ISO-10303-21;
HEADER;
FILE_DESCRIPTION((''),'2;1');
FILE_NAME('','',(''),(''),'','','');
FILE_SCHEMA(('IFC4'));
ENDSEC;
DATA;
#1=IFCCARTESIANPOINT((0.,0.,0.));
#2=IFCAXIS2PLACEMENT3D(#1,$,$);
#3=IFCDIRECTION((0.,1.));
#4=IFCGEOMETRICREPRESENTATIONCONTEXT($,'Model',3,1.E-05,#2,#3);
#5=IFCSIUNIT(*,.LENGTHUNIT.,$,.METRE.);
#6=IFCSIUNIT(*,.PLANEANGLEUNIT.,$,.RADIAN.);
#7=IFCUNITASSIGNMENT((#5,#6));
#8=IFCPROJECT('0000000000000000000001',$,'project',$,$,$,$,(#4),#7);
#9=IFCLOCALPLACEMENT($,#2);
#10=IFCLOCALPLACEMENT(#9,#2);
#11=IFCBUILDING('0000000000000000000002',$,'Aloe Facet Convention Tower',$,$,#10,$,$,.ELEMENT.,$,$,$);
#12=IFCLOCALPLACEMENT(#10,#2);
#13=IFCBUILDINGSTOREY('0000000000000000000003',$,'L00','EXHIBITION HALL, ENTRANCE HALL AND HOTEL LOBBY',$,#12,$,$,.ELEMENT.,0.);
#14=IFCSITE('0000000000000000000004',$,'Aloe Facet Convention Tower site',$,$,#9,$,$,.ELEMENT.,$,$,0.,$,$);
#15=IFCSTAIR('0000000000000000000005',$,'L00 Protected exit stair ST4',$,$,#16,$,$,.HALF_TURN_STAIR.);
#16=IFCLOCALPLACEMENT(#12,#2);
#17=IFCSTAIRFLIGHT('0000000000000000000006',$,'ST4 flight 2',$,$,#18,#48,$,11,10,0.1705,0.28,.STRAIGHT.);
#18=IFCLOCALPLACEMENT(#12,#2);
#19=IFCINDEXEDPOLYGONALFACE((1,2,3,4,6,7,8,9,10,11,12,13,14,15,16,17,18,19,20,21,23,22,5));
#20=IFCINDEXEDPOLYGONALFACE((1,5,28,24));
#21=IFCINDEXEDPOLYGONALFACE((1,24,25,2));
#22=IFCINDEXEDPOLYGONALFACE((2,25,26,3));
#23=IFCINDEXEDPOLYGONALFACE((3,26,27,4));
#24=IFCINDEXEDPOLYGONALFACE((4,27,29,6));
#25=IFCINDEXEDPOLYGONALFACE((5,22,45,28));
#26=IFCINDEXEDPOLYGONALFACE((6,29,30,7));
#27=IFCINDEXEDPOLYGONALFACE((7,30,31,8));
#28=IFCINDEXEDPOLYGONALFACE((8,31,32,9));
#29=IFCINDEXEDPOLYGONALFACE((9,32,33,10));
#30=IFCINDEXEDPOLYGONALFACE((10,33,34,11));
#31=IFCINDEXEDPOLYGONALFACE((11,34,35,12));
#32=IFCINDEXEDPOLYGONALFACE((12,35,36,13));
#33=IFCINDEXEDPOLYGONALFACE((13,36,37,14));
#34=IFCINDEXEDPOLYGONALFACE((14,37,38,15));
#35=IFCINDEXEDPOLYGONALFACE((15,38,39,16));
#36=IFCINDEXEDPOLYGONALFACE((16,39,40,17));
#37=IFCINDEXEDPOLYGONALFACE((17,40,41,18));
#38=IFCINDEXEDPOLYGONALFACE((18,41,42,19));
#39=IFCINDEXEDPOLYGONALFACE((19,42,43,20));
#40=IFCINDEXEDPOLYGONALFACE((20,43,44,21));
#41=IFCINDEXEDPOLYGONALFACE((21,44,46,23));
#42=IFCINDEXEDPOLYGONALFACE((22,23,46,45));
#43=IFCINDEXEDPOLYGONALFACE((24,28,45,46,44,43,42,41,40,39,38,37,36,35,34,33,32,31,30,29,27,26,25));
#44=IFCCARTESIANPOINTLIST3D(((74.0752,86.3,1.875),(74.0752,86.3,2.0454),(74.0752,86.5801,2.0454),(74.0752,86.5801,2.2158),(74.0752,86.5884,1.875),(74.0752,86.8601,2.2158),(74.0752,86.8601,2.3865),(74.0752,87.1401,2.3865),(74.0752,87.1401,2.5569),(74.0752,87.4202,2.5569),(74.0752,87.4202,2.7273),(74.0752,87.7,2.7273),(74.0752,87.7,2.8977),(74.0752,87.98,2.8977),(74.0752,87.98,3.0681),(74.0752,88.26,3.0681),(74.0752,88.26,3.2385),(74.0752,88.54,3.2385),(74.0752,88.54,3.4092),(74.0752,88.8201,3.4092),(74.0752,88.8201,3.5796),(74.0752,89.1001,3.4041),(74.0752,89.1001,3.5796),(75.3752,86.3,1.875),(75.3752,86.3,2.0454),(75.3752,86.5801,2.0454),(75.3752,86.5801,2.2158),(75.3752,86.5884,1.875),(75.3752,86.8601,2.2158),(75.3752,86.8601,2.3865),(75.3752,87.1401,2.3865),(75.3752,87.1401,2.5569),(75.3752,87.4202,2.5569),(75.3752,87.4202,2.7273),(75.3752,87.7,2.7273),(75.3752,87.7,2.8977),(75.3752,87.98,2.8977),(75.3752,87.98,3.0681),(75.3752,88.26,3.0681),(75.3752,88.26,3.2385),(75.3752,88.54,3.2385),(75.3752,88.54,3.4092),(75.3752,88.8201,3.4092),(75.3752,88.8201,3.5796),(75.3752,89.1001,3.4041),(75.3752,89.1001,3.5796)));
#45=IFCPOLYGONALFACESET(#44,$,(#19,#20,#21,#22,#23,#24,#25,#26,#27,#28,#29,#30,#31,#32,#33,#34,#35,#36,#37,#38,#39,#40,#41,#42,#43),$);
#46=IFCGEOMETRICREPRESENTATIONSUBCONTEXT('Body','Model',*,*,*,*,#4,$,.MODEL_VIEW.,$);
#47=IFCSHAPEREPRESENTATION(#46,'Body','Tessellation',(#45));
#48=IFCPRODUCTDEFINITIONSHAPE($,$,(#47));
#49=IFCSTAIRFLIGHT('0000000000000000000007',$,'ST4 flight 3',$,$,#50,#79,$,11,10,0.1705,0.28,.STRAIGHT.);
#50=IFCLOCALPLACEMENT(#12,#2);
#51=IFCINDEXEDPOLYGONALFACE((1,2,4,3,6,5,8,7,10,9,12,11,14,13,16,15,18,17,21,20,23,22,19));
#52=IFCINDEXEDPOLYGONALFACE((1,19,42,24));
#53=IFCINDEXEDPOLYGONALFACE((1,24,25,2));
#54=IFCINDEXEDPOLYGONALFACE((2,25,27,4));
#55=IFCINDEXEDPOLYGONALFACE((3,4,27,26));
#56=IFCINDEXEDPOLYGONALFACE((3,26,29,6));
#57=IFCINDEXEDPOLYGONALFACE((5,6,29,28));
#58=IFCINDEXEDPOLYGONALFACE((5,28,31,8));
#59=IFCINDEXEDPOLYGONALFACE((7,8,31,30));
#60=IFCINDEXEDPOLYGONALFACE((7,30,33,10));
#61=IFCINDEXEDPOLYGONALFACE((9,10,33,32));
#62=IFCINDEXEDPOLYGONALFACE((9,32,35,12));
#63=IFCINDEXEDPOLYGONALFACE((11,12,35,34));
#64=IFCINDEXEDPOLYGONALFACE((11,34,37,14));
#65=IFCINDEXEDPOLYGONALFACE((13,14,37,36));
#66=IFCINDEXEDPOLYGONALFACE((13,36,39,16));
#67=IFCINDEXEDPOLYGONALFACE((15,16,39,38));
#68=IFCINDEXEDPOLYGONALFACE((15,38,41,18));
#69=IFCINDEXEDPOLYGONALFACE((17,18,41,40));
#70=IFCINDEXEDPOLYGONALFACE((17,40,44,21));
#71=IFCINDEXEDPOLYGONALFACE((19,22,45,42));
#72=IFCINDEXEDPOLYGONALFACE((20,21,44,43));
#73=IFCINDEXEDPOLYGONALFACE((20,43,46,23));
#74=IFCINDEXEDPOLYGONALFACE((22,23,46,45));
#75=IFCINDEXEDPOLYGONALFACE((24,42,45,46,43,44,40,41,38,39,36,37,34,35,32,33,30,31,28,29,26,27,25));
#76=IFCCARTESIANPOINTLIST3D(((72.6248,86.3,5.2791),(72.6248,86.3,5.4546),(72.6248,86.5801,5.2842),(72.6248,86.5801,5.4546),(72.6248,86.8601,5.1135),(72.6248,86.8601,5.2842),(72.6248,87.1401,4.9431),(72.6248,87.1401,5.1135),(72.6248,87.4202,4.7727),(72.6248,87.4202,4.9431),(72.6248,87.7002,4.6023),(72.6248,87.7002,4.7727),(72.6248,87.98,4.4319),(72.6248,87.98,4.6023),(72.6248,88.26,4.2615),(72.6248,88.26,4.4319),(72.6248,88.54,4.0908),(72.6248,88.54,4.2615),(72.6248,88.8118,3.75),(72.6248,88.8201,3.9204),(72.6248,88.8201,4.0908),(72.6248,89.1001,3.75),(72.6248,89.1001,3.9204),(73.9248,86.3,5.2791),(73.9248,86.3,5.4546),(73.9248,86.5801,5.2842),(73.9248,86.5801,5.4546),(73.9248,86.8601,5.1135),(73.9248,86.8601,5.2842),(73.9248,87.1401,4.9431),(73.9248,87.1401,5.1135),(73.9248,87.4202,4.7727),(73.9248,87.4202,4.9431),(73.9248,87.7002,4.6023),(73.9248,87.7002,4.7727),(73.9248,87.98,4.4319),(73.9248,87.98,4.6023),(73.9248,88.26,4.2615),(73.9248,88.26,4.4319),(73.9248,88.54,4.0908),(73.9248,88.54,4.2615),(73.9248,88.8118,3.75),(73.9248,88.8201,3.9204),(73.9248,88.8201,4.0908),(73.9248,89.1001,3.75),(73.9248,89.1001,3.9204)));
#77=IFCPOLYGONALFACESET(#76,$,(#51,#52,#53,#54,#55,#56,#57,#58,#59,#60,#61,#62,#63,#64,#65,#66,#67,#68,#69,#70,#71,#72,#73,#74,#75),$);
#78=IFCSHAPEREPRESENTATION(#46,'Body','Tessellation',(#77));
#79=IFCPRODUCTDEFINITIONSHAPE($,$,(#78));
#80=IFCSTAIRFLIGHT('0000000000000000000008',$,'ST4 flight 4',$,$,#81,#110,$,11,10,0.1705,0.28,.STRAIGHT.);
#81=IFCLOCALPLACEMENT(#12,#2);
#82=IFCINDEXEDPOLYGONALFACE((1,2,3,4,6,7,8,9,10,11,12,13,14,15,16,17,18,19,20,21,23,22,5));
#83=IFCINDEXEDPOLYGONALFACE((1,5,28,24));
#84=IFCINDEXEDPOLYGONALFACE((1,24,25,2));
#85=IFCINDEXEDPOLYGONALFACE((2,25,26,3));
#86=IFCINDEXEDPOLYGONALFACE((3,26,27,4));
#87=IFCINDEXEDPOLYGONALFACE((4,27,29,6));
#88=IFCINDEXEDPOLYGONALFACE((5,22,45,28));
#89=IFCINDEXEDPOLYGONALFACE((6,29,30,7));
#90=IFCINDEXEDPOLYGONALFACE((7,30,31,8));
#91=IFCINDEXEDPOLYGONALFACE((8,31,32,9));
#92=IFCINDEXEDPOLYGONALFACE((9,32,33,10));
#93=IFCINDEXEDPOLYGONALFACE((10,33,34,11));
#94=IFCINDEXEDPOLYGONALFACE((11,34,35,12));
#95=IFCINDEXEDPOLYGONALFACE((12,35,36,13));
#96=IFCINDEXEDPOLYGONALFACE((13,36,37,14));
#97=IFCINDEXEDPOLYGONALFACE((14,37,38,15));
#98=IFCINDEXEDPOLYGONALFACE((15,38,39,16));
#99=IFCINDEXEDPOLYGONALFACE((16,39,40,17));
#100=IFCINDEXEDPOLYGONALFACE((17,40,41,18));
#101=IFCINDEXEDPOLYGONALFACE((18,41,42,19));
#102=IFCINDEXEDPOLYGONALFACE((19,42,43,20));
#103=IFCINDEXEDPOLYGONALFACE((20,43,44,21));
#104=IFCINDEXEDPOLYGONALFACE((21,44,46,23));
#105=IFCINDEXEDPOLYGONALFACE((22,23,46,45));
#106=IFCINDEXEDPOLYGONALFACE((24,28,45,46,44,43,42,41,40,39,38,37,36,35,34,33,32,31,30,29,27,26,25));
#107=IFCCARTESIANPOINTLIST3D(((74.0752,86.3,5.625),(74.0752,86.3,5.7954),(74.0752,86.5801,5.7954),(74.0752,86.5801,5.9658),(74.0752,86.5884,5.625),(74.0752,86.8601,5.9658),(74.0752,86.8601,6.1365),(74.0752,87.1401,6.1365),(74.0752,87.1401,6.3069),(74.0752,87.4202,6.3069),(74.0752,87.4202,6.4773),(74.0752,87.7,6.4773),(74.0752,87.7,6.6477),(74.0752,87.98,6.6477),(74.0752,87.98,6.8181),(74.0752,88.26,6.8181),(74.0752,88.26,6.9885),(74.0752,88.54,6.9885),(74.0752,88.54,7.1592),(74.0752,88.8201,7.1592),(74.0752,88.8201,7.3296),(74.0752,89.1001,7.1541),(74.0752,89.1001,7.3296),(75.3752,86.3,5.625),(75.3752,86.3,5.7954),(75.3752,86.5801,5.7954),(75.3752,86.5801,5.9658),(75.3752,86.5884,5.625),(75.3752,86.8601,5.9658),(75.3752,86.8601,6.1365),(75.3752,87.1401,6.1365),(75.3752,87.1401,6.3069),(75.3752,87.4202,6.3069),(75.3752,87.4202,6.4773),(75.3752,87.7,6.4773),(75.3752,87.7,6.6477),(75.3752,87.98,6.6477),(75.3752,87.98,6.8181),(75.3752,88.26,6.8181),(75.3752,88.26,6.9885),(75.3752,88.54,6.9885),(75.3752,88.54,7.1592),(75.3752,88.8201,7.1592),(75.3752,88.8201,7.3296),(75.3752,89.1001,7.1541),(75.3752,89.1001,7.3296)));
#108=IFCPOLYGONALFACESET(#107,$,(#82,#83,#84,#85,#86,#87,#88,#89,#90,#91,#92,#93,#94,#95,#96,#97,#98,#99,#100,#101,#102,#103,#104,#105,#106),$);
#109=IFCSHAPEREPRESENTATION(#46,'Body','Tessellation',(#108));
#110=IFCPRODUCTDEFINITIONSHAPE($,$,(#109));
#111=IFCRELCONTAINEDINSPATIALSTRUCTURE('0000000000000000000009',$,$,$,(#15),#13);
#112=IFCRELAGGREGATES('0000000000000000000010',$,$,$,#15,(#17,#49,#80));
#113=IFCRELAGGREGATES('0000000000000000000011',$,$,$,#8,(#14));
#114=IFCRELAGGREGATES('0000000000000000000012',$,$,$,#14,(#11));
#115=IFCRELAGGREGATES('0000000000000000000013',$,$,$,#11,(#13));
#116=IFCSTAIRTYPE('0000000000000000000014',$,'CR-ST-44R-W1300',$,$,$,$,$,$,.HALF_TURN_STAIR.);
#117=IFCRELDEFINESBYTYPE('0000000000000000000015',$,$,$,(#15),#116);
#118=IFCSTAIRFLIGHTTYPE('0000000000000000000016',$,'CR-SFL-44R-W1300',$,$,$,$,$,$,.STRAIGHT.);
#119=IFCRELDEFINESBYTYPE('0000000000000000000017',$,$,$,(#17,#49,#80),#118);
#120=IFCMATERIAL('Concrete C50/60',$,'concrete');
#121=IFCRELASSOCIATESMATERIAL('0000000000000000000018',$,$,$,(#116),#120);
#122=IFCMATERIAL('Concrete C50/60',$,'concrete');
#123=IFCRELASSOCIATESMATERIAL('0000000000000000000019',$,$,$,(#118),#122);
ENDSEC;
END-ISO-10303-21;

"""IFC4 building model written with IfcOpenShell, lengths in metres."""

from ifc_helpers import new_model, si_unit, direction, frame, origin, place, context, subcontext, project, spatial, polyline, outline, extrude, material, type_object, element, aggregate, save


model = new_model("IFC4")

# Units and contexts
model_context = context("Model", 3, precision=1e-05, world=origin(), true_north=direction((0.0, 1.0)))
body_context = subcontext(model_context, "Body", "Model", "MODEL_VIEW")
ifc_project = project(units=[si_unit("LENGTHUNIT", "METRE"), si_unit("PLANEANGLEUNIT", "RADIAN")], contexts=[model_context])

# Site, building, storey
site_placement = place(None, origin())
site = spatial("IfcSite", under=ifc_project, at=site_placement, Name="Aloe Facet Convention Tower site", CompositionType="ELEMENT", RefElevation=0.0)
building_placement = place(site_placement, origin())
building = spatial("IfcBuilding", under=site, at=building_placement, Name="Aloe Facet Convention Tower", CompositionType="ELEMENT")
storey_placement = place(building_placement, origin())
storey = spatial("IfcBuildingStorey", under=building, at=storey_placement, Name="L00", Description="EXHIBITION HALL, ENTRANCE HALL AND HOTEL LOBBY", CompositionType="ELEMENT", Elevation=0.0)

# Stair, stair flights
ifc_material_1 = material(Name="Concrete C50/60", Category="concrete")
stair_type = type_object("IfcStairType", Name="CR-ST-44R-W1300", PredefinedType="HALF_TURN_STAIR", material=ifc_material_1)
stair_placement = place(storey_placement, origin())
stair = element("IfcStair", 1, at=stair_placement, inside=storey, type_object=stair_type, Name="L00 Protected exit stair ST4", PredefinedType="HALF_TURN_STAIR")
ifc_material_2 = material(Name="Concrete C50/60", Category="concrete")
stair_flight_type = type_object("IfcStairFlightType", Name="CR-SFL-44R-W1300", PredefinedType="STRAIGHT", material=ifc_material_2)
stair_flight_1_placement = place(storey_placement, frame((74.7251, 86.3, 1.875), z_axis=(0.0, 0.0, 1.0), x_axis=(0.0, 1.0, 0.0)))
stair_flight_1 = element("IfcStairFlight", 2, at=stair_flight_1_placement, type_object=stair_flight_type, Name="ST4 flight 2", NumberOfRisers=11, NumberOfTreads=10, PredefinedType="STRAIGHT", RiserHeight=0.1705, TreadLength=0.28, context=body_context, shape_type="SweptSolid", body=[
    extrude(outline(polyline([(0.0, 0.0), (0.0, 0.1704), (0.28, 0.1704), (0.28, 0.3408), (0.5601, 0.3408), (0.5601, 0.5115), (0.8401, 0.5115), (0.8401, 0.6819), (1.1201, 0.6819), (1.1201, 0.8523), (1.3999, 0.8523), (1.3999, 1.0227), (1.6799, 1.0227), (1.6799, 1.1931), (1.96, 1.1931), (1.96, 1.3635), (2.24, 1.3635), (2.24, 1.5342), (2.52, 1.5342), (2.52, 1.7046), (2.8, 1.7046), (2.8, 1.875), (2.8, 1.5291), (0.2883, 0.0), (0.0, 0.0)])), frame((0.0, 0.6499, 0.0), z_axis=(0.0, -1.0, 0.0), x_axis=(1.0, 0.0, 0.0)), (0.0, 0.0, 1.0), 1.3),
])
stair_flight_2_placement = place(storey_placement, frame((73.2749, 89.1001, 3.75), z_axis=(0.0, 0.0, 1.0), x_axis=(0.0, -1.0, 0.0)))
stair_flight_2 = element("IfcStairFlight", 3, at=stair_flight_2_placement, type_object=stair_flight_type, Name="ST4 flight 3", NumberOfRisers=11, NumberOfTreads=10, PredefinedType="STRAIGHT", RiserHeight=0.1705, TreadLength=0.28, context=body_context, shape_type="SweptSolid", body=[
    extrude(outline(polyline([(0.0, 0.0), (0.0, 0.1704), (0.28, 0.1704), (0.28, 0.3408), (0.5601, 0.3408), (0.5601, 0.5115), (0.8401, 0.5115), (0.8401, 0.6819), (1.1201, 0.6819), (1.1201, 0.8523), (1.3999, 0.8523), (1.3999, 1.0227), (1.6799, 1.0227), (1.6799, 1.1931), (1.96, 1.1931), (1.96, 1.3635), (2.24, 1.3635), (2.24, 1.5342), (2.52, 1.5342), (2.52, 1.7046), (2.8, 1.7046), (2.8, 1.875), (2.8, 1.5291), (0.2883, 0.0), (0.0, 0.0)])), frame((0.0, 0.6499, 0.0), z_axis=(0.0, -1.0, 0.0), x_axis=(1.0, 0.0, 0.0)), (0.0, 0.0, 1.0), 1.3),
])
stair_flight_3_placement = place(storey_placement, frame((74.7251, 86.3, 5.625), z_axis=(0.0, 0.0, 1.0), x_axis=(0.0, 1.0, 0.0)))
stair_flight_3 = element("IfcStairFlight", 4, at=stair_flight_3_placement, type_object=stair_flight_type, Name="ST4 flight 4", NumberOfRisers=11, NumberOfTreads=10, PredefinedType="STRAIGHT", RiserHeight=0.1705, TreadLength=0.28, context=body_context, shape_type="SweptSolid", body=[
    extrude(outline(polyline([(0.0, 0.0), (0.0, 0.1704), (0.28, 0.1704), (0.28, 0.3408), (0.5601, 0.3408), (0.5601, 0.5115), (0.8401, 0.5115), (0.8401, 0.6819), (1.1201, 0.6819), (1.1201, 0.8523), (1.3999, 0.8523), (1.3999, 1.0227), (1.6799, 1.0227), (1.6799, 1.1931), (1.96, 1.1931), (1.96, 1.3635), (2.24, 1.3635), (2.24, 1.5342), (2.52, 1.5342), (2.52, 1.7046), (2.8, 1.7046), (2.8, 1.875), (2.8, 1.5291), (0.2883, 0.0), (0.0, 0.0)])), frame((0.0, 0.6499, 0.0), z_axis=(0.0, -1.0, 0.0), x_axis=(1.0, 0.0, 0.0)), (0.0, 0.0, 1.0), 1.3),
])
aggregate(stair, [stair_flight_1, stair_flight_2, stair_flight_3])

save(model, "model.ifc")
